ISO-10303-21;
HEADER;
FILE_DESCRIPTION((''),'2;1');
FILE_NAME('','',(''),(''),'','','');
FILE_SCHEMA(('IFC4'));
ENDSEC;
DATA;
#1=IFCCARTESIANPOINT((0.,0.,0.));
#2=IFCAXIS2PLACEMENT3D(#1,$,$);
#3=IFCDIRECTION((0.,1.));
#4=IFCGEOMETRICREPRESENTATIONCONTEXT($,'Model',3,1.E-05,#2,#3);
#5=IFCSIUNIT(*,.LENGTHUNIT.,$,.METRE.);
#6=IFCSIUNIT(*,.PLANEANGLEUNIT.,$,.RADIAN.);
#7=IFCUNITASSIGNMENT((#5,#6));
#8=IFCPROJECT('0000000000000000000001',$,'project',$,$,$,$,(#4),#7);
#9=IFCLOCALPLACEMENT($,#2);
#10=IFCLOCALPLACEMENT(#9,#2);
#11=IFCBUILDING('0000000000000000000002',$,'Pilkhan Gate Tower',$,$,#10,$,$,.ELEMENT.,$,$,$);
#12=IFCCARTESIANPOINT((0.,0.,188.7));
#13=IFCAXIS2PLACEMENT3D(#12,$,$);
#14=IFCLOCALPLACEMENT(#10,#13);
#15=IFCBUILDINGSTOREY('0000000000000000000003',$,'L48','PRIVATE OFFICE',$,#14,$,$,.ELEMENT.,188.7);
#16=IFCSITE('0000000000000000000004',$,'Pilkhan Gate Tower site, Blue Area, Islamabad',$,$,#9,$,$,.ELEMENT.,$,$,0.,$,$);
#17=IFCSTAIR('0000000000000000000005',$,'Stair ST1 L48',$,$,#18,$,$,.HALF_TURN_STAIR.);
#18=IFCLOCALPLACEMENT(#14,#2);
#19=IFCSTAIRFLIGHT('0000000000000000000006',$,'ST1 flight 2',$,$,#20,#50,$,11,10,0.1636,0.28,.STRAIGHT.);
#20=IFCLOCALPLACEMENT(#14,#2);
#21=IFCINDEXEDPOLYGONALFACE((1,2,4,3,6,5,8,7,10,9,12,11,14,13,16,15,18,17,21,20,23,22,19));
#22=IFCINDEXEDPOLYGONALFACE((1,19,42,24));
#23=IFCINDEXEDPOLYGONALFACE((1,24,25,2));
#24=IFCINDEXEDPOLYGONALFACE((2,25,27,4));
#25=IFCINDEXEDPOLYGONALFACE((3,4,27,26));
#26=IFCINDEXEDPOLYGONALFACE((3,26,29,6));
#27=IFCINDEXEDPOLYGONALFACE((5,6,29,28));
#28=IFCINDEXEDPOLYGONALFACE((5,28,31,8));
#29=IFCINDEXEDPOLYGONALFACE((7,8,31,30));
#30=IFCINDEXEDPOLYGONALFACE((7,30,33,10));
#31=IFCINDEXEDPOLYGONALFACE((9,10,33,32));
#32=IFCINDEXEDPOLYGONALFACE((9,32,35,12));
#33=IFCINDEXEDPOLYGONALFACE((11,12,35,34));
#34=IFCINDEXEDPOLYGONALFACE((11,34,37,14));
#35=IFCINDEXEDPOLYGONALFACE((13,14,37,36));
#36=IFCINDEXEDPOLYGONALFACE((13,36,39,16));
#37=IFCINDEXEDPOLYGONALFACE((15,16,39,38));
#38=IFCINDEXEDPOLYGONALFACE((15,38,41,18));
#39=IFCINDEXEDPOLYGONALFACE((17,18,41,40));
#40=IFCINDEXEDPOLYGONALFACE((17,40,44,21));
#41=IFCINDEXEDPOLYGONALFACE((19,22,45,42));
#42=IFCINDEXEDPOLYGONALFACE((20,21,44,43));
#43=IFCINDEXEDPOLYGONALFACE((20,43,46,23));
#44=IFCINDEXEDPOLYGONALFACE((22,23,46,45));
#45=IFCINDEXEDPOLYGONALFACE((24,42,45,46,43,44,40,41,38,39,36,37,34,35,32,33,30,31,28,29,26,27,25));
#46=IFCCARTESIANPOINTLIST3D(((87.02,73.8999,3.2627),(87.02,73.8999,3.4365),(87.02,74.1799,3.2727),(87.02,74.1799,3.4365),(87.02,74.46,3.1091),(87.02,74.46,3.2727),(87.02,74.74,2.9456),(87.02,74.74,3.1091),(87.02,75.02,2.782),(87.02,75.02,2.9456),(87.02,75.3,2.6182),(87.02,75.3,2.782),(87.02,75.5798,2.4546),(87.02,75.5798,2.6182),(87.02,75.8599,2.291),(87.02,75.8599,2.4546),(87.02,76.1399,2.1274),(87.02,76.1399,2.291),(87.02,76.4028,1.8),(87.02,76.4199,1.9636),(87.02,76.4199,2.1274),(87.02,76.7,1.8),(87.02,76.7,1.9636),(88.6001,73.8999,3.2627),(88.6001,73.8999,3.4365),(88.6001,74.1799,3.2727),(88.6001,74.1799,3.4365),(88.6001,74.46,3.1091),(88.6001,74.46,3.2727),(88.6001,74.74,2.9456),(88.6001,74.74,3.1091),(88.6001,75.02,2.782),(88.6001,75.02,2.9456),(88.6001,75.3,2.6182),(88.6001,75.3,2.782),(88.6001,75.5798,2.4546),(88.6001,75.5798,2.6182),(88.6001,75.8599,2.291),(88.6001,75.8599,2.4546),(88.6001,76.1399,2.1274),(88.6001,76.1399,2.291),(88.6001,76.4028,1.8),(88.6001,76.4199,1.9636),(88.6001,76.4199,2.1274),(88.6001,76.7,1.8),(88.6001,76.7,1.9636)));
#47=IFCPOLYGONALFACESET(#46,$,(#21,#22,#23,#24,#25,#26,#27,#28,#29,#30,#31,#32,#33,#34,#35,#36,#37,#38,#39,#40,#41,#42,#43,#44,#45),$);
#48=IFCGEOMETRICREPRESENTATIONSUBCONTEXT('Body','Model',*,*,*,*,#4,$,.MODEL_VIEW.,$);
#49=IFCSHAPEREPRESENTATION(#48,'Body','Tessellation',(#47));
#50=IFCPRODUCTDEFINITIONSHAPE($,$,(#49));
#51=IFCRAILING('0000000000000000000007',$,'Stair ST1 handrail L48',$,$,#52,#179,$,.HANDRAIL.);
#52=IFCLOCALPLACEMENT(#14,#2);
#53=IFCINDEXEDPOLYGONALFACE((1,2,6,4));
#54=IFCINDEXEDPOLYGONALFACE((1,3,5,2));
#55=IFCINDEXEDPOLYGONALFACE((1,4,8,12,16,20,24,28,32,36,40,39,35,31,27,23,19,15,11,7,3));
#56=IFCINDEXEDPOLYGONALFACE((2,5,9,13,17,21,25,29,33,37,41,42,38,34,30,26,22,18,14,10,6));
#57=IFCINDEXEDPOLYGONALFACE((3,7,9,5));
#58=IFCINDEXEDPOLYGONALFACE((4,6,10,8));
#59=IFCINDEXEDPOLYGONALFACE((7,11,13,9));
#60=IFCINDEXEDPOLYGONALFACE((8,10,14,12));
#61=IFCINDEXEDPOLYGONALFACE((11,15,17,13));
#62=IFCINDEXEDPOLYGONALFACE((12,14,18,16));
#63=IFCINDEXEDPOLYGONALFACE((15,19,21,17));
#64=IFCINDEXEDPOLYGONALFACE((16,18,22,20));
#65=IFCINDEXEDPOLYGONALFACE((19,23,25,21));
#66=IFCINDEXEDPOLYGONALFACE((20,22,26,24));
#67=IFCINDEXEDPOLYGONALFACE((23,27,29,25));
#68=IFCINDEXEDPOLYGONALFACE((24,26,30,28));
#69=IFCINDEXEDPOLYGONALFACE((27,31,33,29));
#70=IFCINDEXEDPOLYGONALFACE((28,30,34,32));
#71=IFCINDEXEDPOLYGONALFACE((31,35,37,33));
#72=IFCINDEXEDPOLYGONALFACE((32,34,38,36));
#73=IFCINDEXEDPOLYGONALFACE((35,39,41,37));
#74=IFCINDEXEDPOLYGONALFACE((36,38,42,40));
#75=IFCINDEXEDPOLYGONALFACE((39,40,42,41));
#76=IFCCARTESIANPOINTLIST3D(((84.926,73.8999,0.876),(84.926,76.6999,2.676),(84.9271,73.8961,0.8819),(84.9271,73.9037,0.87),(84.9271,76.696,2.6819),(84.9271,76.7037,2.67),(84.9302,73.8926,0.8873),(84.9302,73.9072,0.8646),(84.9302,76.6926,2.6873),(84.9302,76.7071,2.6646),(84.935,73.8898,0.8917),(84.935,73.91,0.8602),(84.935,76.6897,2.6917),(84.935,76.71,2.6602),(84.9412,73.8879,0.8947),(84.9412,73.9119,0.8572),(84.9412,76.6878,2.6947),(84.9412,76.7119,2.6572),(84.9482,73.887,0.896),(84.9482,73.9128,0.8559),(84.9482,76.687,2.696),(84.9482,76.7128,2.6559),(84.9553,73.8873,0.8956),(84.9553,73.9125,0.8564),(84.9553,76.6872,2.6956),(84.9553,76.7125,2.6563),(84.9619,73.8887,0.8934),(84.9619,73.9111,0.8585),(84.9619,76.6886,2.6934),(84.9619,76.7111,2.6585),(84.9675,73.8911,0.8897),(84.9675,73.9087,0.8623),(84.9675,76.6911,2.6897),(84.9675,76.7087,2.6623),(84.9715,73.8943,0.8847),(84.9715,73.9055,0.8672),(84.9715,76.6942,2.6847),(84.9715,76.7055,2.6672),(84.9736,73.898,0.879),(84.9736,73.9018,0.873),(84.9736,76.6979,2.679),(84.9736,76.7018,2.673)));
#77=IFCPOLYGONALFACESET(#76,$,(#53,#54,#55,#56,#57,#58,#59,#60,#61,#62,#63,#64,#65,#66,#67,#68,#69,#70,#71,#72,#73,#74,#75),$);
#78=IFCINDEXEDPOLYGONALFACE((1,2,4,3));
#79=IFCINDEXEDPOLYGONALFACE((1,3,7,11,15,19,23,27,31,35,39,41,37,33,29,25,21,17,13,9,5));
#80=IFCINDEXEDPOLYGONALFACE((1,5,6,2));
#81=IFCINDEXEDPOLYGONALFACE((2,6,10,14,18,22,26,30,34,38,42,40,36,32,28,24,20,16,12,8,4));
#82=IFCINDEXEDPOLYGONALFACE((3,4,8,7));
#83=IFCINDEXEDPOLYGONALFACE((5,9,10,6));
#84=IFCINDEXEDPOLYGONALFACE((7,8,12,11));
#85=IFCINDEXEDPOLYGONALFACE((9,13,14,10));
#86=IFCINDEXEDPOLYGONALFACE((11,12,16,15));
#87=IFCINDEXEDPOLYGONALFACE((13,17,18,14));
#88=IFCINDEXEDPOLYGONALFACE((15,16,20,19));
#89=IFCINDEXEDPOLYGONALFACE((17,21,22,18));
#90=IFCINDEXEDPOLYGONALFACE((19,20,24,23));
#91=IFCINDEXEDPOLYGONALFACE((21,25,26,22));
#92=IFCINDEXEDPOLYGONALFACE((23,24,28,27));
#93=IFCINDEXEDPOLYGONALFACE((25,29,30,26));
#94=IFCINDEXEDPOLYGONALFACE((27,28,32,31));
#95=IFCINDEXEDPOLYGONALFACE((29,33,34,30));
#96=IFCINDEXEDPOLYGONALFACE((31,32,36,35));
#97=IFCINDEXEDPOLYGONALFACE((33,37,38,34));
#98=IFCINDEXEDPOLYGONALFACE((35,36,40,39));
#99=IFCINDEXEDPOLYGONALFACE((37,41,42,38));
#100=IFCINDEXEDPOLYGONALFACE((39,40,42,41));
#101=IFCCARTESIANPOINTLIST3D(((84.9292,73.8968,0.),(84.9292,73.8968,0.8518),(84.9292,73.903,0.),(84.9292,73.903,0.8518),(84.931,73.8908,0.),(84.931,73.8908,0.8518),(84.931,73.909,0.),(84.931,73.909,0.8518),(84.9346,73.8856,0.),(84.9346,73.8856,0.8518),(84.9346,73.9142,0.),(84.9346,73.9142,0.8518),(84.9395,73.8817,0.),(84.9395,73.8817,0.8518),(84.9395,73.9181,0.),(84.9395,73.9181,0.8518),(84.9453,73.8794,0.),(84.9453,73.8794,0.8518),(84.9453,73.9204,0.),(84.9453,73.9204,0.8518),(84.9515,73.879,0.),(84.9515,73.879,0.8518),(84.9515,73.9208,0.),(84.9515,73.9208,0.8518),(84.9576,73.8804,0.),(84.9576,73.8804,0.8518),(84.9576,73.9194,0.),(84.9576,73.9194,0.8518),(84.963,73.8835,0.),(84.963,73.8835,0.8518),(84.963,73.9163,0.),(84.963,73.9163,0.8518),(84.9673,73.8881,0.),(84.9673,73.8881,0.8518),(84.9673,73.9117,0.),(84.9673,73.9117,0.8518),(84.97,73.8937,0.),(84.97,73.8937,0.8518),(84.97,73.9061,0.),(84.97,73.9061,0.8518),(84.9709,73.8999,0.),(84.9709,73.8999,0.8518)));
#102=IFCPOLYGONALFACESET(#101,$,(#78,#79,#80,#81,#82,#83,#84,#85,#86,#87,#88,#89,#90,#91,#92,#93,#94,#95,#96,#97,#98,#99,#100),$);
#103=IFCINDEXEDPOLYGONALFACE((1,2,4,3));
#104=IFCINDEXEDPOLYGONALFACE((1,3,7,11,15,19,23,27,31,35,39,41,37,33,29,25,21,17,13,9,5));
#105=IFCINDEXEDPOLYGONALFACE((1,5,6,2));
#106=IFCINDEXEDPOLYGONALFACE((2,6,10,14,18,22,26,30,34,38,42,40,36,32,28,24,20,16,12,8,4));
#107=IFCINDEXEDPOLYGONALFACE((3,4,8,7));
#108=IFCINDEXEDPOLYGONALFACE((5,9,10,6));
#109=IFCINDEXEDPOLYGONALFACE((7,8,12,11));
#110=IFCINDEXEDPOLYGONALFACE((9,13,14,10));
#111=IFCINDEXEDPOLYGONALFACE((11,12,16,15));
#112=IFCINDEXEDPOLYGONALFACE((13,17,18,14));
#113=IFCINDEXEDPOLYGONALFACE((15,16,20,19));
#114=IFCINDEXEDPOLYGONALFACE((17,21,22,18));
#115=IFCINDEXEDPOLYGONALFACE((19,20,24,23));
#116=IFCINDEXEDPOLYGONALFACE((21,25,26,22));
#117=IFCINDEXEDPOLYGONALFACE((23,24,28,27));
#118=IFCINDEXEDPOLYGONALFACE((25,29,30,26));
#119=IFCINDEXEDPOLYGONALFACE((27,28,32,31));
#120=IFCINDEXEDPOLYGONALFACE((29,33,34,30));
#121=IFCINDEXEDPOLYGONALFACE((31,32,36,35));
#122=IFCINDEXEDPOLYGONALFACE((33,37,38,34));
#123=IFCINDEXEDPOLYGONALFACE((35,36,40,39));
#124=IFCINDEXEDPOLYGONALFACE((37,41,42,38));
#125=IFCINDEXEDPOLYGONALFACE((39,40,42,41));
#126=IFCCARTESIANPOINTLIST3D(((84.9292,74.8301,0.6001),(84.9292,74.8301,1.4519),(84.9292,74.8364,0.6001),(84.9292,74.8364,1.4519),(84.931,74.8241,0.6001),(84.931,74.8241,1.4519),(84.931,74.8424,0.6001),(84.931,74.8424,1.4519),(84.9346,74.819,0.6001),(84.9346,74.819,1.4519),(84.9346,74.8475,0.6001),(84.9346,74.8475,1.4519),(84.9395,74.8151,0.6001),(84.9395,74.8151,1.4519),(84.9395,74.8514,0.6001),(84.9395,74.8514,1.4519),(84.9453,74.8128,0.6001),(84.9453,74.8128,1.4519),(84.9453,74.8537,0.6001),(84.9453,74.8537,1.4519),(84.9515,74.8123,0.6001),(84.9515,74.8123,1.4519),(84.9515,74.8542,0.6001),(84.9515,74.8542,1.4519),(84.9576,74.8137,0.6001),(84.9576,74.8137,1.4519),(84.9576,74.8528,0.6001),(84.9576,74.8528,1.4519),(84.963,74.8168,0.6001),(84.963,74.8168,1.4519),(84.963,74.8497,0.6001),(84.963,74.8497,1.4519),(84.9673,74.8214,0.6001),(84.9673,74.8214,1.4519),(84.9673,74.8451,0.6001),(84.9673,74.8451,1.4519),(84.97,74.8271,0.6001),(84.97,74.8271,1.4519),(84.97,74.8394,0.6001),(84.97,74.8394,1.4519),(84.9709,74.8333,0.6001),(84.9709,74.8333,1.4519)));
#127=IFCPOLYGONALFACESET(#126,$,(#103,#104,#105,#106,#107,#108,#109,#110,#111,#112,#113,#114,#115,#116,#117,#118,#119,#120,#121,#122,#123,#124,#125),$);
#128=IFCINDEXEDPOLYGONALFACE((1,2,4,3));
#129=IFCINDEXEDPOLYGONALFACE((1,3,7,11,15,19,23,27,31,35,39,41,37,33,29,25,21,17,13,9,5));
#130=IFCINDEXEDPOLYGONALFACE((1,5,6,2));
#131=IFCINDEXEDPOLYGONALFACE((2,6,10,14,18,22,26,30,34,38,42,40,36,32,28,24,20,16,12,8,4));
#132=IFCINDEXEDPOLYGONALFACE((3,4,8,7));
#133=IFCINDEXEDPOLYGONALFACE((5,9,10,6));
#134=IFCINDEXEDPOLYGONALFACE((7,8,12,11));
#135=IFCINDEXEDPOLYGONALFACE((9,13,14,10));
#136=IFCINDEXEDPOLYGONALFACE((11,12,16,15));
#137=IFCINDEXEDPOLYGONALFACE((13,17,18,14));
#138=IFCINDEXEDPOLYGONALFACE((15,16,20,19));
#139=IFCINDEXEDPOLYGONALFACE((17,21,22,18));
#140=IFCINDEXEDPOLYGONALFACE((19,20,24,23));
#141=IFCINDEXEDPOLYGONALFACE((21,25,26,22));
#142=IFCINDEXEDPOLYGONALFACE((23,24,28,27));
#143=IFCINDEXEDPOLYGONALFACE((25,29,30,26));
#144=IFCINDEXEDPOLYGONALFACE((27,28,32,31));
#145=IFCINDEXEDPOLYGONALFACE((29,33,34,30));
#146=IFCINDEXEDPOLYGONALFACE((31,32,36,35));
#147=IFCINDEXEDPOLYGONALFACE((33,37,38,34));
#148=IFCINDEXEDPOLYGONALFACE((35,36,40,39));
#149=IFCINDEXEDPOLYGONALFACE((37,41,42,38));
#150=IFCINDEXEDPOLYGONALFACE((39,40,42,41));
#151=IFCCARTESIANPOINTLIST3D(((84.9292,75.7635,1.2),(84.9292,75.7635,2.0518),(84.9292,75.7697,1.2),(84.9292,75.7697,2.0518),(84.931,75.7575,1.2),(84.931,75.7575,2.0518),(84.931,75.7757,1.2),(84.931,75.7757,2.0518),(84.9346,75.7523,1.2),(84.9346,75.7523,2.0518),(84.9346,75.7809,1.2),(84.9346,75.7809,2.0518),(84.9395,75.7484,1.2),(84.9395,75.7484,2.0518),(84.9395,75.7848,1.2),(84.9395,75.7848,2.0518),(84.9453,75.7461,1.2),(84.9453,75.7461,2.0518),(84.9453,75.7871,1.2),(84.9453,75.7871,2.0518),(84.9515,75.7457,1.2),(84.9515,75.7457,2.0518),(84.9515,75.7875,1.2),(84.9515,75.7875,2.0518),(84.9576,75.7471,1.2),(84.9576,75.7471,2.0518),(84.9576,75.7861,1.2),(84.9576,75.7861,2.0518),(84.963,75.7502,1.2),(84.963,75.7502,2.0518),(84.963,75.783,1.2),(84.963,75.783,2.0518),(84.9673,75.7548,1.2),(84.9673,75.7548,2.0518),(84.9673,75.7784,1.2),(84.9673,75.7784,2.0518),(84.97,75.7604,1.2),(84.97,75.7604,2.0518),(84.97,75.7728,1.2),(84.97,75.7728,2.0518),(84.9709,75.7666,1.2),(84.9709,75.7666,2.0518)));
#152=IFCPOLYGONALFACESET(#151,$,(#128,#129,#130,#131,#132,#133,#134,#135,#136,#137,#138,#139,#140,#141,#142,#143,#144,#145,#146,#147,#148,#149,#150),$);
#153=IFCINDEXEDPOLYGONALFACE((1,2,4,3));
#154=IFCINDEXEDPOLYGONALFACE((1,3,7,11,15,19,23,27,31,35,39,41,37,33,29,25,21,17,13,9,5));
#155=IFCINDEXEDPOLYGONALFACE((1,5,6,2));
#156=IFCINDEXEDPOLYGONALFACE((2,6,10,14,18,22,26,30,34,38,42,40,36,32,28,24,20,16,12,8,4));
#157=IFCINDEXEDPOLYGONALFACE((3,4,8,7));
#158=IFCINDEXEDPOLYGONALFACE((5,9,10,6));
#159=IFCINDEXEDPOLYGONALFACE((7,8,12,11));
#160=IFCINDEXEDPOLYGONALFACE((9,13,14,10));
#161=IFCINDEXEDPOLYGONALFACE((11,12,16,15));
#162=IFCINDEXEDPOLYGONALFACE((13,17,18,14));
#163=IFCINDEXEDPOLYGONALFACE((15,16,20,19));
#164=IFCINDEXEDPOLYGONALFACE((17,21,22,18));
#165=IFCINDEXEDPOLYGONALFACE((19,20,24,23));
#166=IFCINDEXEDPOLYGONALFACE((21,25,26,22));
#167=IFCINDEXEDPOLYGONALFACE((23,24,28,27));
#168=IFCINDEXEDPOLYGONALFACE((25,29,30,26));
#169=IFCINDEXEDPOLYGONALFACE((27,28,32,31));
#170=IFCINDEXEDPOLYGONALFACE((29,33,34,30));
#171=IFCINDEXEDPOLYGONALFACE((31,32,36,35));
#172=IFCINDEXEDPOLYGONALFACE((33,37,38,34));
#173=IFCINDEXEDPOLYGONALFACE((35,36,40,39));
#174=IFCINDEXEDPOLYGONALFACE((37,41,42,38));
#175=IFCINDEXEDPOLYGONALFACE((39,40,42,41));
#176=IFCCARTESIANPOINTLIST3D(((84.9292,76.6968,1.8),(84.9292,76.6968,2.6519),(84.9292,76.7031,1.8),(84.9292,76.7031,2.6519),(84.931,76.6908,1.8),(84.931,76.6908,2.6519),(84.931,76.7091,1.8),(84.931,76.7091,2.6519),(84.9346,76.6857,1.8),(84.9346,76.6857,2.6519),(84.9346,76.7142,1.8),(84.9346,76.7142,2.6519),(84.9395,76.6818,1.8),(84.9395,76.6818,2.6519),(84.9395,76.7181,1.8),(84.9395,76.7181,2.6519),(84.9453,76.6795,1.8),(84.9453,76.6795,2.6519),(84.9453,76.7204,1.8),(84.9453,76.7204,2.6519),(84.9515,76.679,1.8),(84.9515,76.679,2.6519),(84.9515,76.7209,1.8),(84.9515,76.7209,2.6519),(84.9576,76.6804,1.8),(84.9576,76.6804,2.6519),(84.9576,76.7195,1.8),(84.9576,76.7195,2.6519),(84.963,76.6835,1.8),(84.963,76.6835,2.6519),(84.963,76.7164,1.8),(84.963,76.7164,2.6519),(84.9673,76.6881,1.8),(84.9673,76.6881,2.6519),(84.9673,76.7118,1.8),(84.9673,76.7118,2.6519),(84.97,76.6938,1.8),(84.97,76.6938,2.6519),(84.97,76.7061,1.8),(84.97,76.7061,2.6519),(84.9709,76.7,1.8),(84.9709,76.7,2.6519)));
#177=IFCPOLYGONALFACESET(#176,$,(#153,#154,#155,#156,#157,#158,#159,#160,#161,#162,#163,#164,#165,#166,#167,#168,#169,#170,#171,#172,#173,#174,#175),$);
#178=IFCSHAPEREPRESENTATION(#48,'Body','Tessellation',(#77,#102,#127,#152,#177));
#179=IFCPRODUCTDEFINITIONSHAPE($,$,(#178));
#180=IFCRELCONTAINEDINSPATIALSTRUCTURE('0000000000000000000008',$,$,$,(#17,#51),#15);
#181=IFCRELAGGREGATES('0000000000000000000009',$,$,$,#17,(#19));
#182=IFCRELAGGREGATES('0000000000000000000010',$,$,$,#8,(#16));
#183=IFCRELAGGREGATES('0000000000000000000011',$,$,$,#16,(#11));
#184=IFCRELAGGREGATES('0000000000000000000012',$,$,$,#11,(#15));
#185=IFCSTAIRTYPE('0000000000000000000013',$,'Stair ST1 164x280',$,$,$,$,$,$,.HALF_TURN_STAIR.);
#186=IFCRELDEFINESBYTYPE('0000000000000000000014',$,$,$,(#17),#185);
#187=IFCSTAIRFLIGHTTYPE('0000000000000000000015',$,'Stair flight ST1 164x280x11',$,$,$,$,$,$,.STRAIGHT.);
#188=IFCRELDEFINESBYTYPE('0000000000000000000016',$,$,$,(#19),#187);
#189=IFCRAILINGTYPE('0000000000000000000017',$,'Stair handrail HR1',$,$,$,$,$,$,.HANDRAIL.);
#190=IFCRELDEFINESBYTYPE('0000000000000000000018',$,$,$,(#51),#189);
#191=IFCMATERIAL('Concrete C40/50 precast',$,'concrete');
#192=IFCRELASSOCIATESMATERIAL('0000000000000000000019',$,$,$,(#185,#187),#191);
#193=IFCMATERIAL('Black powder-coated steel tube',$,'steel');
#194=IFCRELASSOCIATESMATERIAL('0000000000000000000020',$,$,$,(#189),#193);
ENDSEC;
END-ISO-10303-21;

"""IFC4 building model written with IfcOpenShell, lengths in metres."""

from ifc_helpers import new_model, si_unit, direction, frame, origin, origin_2d, place, context, subcontext, project, spatial, polyline, circle, outline, extrude, material, type_object, element, aggregate, save


model = new_model("IFC4")

# Units and contexts
model_context = context("Model", 3, precision=1e-05, world=origin(), true_north=direction((0.0, 1.0)))
body_context = subcontext(model_context, "Body", "Model", "MODEL_VIEW")
ifc_project = project(units=[si_unit("LENGTHUNIT", "METRE"), si_unit("PLANEANGLEUNIT", "RADIAN")], contexts=[model_context])

# Site, building, storey
site_placement = place(None, origin())
site = spatial("IfcSite", under=ifc_project, at=site_placement, Name="Pilkhan Gate Tower site, Blue Area, Islamabad", CompositionType="ELEMENT", RefElevation=0.0)
building_placement = place(site_placement, origin())
building = spatial("IfcBuilding", under=site, at=building_placement, Name="Pilkhan Gate Tower", CompositionType="ELEMENT")
storey_placement = place(building_placement, frame((0.0, 0.0, 188.7)))
storey = spatial("IfcBuildingStorey", under=building, at=storey_placement, Name="L48", Description="PRIVATE OFFICE", CompositionType="ELEMENT", Elevation=188.7)

# Stair, stair flight
ifc_material_1 = material(Name="Concrete C40/50 precast", Category="concrete")
stair_type = type_object("IfcStairType", Name="Stair ST1 164x280", PredefinedType="HALF_TURN_STAIR", material=ifc_material_1)
stair_placement = place(storey_placement, origin())
stair = element("IfcStair", 1, at=stair_placement, inside=storey, type_object=stair_type, Name="Stair ST1 L48", PredefinedType="HALF_TURN_STAIR")
stair_flight_type = type_object("IfcStairFlightType", Name="Stair flight ST1 164x280x11", PredefinedType="STRAIGHT", material=ifc_material_1)
stair_flight_1_placement = place(storey_placement, frame((87.8101, 76.7, 1.8), z_axis=(0.0, 0.0, 1.0), x_axis=(0.0, -1.0, 0.0)))
stair_flight_1 = element("IfcStairFlight", 2, at=stair_flight_1_placement, type_object=stair_flight_type, Name="ST1 flight 2", NumberOfRisers=11, NumberOfTreads=10, PredefinedType="STRAIGHT", RiserHeight=0.1636, TreadLength=0.28, context=body_context, shape_type="SweptSolid", body=[
    extrude(outline(polyline([(0.0, 0.0), (0.0, 0.1636), (0.28, 0.1636), (0.28, 0.3274), (0.5601, 0.3274), (0.5601, 0.491), (0.8401, 0.491), (0.8401, 0.6545), (1.1201, 0.6545), (1.1201, 0.8181), (1.3999, 0.8181), (1.3999, 0.9819), (1.6799, 0.9819), (1.6799, 1.1455), (1.96, 1.1455), (1.96, 1.3091), (2.24, 1.3091), (2.24, 1.4727), (2.52, 1.4727), (2.52, 1.6365), (2.8, 1.6365), (2.8, 1.8), (2.8, 1.4626), (0.2971, 0.0), (0.0, 0.0)])), frame((0.0, 0.79, 0.0), z_axis=(0.0, -1.0, 0.0), x_axis=(1.0, 0.0, 0.0)), (0.0, 0.0, 1.0), 1.5801),
])
aggregate(stair, [stair_flight_1])

# Railing
ifc_material_2 = material(Name="Black powder-coated steel tube", Category="steel")
railing_type_1 = type_object("IfcRailingType", Name="Stair handrail HR1", PredefinedType="HANDRAIL", material=ifc_material_2)
railing_1_placement = place(storey_placement, frame((84.95, 73.8999, 0.0)))
element("IfcRailing", 3, at=railing_1_placement, inside=storey, type_object=railing_type_1, Name="Stair ST1 handrail L48", PredefinedType="HANDRAIL", context=body_context, shape_type="SweptSolid", body=[
    extrude(circle(Radius=0.0239, at=origin_2d()), frame((0.0, 0.0, 0.876), z_axis=(0.0, 0.841176, 0.540761), x_axis=(-1.0, 0.0, 0.0)), (0.0, 0.0, 1.0), 3.3286),
    extrude(circle(Radius=0.021, at=origin_2d()), origin(), (0.0, 0.0, 1.0), 0.8518),
    extrude(circle(Radius=0.021, at=origin_2d()), frame((0.0, 0.9333, 0.6001)), (0.0, 0.0, 1.0), 0.8518),
    extrude(circle(Radius=0.021, at=origin_2d()), frame((0.0, 1.8667, 1.2)), (0.0, 0.0, 1.0), 0.8518),
    extrude(circle(Radius=0.021, at=origin_2d()), frame((0.0, 2.8, 1.8)), (0.0, 0.0, 1.0), 0.8518),
])

save(model, "model.ifc")
